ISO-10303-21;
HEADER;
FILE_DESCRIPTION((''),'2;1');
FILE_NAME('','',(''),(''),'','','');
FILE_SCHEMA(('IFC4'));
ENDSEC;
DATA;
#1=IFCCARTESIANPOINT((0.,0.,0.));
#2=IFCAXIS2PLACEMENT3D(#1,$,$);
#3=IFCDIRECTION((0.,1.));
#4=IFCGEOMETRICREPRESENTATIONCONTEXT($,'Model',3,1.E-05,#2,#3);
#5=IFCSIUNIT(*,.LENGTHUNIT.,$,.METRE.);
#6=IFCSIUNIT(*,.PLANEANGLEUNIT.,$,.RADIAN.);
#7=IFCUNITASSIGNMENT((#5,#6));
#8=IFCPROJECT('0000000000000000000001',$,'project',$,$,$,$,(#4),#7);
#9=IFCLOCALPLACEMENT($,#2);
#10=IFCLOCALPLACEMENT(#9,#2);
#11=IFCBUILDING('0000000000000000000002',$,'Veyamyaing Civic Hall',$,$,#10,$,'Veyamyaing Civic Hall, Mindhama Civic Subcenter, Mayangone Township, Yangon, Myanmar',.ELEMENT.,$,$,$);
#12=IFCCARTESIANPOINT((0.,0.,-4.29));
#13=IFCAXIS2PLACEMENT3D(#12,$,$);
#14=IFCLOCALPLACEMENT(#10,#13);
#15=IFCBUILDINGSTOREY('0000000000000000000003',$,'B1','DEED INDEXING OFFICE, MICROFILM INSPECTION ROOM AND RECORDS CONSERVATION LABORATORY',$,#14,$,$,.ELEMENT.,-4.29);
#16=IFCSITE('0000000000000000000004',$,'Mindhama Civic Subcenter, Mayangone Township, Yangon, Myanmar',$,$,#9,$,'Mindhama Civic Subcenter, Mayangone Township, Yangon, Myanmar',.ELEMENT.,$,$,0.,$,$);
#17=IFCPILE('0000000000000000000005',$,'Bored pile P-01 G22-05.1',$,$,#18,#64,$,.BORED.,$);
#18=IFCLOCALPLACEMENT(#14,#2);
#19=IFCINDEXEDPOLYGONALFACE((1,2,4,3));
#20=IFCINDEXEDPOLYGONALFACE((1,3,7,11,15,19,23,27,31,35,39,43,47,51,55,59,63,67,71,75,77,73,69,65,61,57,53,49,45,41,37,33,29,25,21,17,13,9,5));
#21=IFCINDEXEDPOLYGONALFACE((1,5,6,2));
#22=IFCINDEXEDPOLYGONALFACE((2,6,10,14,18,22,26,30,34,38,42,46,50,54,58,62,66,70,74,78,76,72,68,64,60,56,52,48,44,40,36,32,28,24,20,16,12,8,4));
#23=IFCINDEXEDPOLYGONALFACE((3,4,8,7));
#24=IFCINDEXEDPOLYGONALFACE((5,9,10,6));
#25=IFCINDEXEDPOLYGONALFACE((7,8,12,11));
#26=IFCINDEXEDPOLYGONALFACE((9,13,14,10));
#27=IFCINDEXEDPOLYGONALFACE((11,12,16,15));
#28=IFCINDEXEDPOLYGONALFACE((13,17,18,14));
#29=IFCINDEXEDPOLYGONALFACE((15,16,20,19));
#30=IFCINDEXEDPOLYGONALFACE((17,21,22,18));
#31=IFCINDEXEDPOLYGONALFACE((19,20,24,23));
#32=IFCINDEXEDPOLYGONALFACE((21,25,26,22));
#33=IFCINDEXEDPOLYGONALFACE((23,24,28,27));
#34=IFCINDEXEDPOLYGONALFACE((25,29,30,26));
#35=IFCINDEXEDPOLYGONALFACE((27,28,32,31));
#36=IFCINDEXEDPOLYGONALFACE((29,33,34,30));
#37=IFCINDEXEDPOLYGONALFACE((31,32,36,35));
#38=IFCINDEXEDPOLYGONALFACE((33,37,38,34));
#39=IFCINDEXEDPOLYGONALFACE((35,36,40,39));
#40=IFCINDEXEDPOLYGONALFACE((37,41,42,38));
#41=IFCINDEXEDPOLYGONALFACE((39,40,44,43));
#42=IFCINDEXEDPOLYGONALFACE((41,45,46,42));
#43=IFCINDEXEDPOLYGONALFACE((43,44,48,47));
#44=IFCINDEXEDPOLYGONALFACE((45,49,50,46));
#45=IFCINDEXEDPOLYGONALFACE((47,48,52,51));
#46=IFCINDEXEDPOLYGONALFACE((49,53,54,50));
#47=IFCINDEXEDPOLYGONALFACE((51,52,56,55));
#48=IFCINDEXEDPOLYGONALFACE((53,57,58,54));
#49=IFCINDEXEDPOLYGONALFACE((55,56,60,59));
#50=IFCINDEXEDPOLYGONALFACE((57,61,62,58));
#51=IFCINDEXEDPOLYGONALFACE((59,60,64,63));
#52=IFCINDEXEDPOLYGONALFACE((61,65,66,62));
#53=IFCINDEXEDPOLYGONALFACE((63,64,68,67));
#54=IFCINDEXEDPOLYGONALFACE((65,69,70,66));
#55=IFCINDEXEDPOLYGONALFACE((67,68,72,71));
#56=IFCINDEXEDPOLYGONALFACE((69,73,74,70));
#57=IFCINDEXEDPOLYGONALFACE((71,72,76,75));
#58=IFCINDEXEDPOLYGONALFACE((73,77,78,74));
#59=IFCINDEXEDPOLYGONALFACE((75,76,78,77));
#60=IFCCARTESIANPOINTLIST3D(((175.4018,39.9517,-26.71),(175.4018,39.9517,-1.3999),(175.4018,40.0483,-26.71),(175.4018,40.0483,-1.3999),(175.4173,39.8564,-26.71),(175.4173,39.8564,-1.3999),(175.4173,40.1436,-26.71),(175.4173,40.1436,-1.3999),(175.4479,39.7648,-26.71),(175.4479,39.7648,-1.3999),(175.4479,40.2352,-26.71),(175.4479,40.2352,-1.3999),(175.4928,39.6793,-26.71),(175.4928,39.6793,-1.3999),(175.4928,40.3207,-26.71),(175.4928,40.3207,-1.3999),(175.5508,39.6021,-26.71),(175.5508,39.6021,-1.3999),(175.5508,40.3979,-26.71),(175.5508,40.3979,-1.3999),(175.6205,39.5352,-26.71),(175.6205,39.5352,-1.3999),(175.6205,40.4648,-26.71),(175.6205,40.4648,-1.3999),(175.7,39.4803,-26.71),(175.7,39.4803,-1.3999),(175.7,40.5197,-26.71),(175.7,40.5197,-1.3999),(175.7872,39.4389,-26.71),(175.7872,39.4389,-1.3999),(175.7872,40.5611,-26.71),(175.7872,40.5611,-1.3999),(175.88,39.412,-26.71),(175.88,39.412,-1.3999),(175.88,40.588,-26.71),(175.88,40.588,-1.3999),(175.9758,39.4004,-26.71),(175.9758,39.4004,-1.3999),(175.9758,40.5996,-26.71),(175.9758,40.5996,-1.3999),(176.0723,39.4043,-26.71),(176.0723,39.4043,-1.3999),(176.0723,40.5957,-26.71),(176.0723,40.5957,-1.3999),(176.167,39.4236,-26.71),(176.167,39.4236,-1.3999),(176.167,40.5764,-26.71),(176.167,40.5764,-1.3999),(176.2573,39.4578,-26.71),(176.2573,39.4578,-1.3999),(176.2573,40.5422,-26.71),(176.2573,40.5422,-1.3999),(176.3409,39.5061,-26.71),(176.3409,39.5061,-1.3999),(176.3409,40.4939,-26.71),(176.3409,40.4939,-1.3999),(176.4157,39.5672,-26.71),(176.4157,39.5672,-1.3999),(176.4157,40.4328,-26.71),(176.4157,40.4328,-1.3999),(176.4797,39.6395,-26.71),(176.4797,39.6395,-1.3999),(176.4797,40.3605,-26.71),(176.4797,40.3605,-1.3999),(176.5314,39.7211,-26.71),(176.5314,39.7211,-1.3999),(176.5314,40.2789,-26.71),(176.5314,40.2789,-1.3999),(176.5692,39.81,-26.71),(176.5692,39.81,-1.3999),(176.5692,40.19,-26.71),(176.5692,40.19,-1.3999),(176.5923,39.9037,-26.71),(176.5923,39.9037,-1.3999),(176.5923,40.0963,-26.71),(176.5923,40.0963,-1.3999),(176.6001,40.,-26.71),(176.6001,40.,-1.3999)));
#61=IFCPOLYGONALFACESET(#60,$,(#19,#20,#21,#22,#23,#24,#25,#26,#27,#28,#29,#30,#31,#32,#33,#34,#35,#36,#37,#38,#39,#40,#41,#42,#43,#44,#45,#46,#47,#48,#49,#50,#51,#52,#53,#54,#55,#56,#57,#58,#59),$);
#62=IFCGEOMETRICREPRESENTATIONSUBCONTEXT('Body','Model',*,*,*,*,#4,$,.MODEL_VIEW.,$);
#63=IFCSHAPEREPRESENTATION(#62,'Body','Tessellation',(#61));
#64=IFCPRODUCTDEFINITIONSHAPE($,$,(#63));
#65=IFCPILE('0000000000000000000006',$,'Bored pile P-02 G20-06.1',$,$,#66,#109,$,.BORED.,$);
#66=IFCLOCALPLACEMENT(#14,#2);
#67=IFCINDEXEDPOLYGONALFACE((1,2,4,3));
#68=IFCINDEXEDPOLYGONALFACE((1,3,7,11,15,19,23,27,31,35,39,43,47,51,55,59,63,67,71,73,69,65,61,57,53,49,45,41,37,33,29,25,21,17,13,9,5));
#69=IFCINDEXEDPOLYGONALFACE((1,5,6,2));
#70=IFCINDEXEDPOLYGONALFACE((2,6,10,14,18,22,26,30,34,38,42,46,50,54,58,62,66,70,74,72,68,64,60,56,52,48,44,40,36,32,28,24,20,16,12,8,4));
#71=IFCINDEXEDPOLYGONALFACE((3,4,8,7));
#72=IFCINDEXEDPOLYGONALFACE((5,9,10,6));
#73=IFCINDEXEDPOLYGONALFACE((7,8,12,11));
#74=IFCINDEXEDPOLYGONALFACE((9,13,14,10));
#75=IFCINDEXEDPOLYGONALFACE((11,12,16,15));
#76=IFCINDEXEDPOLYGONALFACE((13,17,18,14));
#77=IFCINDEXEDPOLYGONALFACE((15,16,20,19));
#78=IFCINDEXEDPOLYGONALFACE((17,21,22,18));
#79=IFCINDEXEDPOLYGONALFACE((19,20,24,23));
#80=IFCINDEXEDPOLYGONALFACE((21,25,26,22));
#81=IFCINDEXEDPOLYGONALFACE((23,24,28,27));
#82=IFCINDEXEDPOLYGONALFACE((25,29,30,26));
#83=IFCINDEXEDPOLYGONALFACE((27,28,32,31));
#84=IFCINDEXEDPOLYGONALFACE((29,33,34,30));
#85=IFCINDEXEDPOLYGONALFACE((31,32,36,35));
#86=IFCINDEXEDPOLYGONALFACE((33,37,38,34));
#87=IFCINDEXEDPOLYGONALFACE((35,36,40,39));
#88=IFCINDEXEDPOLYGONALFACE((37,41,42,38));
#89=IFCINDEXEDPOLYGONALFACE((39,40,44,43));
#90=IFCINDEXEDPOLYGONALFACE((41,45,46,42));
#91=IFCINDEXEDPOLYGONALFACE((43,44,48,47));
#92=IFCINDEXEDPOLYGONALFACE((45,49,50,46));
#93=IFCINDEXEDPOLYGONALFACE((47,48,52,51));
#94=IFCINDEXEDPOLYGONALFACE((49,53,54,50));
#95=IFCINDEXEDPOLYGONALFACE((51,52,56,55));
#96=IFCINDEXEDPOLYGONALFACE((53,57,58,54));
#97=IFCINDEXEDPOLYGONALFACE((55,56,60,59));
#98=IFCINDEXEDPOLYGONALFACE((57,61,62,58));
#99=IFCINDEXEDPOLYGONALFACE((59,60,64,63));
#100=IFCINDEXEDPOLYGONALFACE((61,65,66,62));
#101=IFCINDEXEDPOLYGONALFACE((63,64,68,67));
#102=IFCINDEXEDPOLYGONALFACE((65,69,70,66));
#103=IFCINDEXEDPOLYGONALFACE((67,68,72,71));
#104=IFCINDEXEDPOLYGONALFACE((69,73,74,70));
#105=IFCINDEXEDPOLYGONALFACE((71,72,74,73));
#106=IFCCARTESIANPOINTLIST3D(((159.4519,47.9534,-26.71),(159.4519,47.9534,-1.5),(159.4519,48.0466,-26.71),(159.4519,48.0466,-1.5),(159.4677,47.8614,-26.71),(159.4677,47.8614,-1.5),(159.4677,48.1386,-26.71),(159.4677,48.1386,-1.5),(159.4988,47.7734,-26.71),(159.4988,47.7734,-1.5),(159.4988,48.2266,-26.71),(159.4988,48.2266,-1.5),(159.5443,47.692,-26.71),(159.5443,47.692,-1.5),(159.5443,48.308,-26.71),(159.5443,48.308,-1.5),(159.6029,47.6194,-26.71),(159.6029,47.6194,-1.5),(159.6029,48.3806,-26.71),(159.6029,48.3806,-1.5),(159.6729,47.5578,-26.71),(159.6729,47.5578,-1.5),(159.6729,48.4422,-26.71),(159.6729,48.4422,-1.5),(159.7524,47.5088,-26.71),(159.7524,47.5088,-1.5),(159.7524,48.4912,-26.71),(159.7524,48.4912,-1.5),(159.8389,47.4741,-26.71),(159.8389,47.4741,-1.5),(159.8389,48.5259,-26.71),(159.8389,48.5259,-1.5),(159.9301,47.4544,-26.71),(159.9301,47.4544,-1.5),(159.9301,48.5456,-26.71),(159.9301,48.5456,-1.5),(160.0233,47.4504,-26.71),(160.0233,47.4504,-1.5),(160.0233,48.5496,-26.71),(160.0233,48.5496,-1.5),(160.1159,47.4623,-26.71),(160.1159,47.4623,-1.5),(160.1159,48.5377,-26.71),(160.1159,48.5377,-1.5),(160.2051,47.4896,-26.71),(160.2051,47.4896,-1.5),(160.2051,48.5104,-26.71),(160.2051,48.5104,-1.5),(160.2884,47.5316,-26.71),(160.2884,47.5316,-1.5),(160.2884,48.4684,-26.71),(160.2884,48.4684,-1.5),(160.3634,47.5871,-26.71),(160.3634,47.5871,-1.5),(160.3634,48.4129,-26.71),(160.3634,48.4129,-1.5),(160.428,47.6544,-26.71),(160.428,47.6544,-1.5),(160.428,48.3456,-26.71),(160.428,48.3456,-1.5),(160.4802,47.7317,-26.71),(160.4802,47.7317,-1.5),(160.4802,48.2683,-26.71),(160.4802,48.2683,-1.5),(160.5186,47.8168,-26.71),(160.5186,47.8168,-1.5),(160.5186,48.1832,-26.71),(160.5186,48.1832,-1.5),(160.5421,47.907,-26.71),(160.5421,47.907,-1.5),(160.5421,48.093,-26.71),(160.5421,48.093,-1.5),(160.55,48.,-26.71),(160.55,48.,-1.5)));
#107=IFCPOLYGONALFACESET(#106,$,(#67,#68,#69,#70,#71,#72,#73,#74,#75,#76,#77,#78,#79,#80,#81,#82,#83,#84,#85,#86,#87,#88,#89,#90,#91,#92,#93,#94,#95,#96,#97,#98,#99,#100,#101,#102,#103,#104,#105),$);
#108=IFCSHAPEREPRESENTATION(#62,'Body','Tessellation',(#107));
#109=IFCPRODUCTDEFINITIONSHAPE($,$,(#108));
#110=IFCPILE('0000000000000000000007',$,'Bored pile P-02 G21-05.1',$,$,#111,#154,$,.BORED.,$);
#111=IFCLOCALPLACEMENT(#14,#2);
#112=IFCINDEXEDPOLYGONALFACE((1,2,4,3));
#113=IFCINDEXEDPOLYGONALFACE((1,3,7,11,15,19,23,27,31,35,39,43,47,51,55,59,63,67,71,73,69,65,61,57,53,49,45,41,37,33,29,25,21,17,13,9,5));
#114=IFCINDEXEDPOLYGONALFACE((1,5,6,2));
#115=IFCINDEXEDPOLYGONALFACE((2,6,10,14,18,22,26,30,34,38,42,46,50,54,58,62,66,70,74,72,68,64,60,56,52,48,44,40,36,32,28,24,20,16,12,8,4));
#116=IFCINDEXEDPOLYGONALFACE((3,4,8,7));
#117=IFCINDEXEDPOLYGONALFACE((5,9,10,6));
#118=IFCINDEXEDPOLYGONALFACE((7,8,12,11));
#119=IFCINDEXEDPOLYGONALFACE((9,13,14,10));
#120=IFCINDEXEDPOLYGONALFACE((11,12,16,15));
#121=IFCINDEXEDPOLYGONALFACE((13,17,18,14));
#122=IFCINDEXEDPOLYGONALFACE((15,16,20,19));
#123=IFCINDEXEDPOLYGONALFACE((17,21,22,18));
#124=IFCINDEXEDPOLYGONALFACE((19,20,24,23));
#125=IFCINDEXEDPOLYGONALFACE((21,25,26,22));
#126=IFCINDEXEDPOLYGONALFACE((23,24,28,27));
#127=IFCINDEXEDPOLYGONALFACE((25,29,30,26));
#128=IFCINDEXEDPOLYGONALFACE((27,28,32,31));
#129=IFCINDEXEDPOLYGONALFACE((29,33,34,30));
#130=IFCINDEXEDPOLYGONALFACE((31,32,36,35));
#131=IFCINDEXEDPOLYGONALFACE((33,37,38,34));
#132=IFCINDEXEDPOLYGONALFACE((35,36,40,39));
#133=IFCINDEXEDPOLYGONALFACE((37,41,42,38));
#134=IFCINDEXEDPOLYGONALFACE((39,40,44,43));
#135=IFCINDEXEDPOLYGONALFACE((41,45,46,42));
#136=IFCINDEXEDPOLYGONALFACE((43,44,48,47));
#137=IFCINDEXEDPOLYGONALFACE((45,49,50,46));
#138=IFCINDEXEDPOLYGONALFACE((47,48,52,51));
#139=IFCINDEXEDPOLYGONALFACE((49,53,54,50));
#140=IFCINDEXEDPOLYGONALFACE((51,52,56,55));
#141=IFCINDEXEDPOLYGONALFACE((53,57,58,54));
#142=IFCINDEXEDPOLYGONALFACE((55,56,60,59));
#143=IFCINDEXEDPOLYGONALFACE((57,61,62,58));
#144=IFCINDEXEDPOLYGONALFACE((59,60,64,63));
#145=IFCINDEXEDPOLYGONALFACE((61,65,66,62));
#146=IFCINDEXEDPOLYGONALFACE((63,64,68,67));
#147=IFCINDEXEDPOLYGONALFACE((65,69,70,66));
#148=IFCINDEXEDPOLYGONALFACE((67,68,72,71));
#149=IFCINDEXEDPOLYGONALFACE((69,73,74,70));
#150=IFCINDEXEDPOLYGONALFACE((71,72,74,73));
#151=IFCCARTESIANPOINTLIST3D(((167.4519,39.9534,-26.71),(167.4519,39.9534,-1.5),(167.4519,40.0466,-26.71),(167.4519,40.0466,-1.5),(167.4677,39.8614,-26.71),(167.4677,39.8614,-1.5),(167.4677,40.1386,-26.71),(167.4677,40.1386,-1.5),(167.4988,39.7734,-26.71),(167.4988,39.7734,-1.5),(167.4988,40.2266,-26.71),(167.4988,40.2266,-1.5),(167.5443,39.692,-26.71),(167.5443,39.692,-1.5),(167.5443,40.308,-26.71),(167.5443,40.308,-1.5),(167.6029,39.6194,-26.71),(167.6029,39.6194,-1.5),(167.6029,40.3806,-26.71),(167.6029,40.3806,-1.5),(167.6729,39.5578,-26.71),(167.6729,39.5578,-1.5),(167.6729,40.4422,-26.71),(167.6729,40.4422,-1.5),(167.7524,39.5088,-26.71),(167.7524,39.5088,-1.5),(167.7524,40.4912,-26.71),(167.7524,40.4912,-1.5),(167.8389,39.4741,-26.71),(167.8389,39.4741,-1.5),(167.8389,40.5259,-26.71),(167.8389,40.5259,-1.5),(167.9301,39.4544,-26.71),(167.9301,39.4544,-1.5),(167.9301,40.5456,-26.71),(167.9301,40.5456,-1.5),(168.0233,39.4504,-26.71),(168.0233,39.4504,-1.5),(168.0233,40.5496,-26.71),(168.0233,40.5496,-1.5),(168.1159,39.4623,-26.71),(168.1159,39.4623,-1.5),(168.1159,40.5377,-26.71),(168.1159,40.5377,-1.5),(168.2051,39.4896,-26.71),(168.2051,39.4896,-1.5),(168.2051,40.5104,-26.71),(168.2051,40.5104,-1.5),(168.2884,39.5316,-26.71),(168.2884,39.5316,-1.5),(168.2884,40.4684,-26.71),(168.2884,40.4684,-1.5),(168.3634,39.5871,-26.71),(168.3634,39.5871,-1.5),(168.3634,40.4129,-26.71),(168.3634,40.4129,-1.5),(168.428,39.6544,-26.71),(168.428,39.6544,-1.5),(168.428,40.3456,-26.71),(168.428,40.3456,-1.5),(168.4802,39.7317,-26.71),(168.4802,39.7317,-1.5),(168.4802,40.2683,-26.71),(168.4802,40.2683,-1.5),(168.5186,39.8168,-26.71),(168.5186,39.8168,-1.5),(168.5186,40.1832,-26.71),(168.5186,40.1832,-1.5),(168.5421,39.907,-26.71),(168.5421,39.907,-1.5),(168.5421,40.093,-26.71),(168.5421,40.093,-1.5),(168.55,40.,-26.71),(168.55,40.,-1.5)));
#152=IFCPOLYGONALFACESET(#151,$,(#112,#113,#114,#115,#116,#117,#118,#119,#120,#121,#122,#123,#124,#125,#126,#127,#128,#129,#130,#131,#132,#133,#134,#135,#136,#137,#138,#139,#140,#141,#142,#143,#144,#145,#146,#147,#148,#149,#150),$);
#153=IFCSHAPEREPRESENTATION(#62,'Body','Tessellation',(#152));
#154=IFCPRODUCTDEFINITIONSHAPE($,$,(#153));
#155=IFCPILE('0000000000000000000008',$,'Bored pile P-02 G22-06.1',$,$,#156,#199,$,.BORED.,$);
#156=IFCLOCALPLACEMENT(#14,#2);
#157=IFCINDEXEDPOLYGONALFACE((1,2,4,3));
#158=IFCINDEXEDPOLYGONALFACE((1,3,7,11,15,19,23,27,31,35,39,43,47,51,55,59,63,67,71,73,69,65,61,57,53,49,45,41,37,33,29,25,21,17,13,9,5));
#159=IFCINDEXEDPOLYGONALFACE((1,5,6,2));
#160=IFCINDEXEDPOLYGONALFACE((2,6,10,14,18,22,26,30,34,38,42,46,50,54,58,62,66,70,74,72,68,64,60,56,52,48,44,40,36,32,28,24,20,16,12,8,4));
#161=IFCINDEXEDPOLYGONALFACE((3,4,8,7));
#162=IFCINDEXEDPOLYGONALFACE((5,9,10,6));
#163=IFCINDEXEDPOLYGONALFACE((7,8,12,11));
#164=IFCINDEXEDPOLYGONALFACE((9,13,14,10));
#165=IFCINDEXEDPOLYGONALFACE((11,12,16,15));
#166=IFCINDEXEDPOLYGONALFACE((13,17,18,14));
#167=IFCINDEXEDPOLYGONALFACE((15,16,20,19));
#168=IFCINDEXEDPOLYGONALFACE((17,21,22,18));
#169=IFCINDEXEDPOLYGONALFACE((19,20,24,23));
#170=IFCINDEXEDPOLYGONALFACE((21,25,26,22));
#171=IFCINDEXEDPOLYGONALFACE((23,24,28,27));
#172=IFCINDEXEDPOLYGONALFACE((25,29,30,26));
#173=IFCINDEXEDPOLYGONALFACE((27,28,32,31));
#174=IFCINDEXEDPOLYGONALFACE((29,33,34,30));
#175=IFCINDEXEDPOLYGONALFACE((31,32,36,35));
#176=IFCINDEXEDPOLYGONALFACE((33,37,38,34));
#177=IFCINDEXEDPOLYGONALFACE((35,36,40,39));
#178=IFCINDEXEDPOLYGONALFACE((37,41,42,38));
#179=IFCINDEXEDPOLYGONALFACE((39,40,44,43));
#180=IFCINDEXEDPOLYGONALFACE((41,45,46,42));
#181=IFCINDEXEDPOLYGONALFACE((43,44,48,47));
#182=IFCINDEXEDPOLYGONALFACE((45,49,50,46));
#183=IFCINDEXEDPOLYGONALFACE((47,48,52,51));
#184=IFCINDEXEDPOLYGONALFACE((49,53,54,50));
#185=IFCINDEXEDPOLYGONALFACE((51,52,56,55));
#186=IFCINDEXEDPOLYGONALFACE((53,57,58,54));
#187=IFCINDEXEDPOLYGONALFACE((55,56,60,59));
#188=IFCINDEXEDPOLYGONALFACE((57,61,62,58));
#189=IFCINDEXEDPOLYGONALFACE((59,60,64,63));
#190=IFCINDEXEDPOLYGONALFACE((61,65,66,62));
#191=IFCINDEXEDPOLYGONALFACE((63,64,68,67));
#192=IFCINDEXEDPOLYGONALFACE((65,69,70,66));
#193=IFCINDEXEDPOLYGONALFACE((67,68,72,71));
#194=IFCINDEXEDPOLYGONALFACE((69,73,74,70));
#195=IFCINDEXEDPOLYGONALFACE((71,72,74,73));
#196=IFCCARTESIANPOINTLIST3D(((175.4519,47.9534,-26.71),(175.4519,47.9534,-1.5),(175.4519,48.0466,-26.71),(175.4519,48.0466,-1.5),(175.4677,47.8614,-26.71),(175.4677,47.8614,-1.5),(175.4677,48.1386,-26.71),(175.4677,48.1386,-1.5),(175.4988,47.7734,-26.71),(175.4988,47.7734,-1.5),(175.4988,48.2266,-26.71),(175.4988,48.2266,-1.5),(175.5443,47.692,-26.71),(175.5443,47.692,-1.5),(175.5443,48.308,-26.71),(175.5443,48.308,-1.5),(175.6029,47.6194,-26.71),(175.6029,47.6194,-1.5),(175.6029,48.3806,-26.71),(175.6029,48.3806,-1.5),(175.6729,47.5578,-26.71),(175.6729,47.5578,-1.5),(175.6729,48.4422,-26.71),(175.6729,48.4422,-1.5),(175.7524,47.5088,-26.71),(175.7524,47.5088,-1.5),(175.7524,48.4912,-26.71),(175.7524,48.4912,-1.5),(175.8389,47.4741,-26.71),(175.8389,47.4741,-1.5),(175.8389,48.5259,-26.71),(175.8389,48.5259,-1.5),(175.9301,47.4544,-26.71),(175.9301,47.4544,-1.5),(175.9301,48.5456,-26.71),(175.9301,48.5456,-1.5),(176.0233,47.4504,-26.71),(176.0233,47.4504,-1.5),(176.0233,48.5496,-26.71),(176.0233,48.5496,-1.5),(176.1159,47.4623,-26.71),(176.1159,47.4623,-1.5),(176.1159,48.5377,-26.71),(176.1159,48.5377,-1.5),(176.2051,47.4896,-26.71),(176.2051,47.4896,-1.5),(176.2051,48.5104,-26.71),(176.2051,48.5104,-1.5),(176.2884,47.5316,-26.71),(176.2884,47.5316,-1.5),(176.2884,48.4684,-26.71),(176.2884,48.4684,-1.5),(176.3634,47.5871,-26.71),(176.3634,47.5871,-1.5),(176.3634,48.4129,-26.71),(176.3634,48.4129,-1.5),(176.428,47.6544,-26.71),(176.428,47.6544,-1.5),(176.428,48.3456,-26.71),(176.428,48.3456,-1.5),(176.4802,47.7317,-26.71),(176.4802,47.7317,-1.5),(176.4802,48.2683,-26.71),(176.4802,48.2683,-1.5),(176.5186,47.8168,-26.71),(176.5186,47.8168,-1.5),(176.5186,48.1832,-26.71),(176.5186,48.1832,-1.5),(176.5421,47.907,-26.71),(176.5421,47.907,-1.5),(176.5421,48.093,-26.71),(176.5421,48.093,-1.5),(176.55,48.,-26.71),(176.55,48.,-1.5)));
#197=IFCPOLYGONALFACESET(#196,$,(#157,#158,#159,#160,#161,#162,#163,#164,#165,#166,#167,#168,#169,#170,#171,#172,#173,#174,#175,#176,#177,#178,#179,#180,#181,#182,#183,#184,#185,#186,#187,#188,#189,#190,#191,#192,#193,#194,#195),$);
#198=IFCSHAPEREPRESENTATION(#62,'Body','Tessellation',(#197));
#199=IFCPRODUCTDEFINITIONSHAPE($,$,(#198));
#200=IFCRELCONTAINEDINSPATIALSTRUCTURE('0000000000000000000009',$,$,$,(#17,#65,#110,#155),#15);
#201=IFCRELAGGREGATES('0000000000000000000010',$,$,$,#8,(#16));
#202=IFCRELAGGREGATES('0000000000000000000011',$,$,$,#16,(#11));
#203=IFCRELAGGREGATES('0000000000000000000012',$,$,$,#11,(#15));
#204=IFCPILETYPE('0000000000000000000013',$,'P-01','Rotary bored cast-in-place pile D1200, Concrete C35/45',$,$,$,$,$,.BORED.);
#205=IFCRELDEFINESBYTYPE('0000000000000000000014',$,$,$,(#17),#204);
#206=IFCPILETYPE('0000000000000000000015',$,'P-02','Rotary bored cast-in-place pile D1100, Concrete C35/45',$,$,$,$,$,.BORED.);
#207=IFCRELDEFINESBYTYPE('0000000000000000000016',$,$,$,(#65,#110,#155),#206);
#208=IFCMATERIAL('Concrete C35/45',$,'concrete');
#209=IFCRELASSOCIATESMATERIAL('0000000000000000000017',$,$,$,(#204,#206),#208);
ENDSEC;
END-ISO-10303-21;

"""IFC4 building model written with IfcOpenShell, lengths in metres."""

from ifc_helpers import new_model, si_unit, direction, frame, origin, origin_2d, place, context, subcontext, project, spatial, circle, extrude, material, material_profile, profile_set, type_object, element, save


model = new_model("IFC4")

# Units and contexts
model_context = context("Model", 3, precision=1e-05, world=origin(), true_north=direction((0.0, 1.0)))
body_context = subcontext(model_context, "Body", "Model", "MODEL_VIEW")
ifc_project = project(units=[si_unit("LENGTHUNIT", "METRE"), si_unit("PLANEANGLEUNIT", "RADIAN")], contexts=[model_context])

# Site, building, storey
site_placement = place(None, origin())
site = spatial("IfcSite", under=ifc_project, at=site_placement, Name="Mindhama Civic Subcenter, Mayangone Township, Yangon, Myanmar", LongName="Mindhama Civic Subcenter, Mayangone Township, Yangon, Myanmar", CompositionType="ELEMENT", RefElevation=0.0)
building_placement = place(site_placement, origin())
building = spatial("IfcBuilding", under=site, at=building_placement, Name="Veyamyaing Civic Hall", LongName="Veyamyaing Civic Hall, Mindhama Civic Subcenter, Mayangone Township, Yangon, Myanmar", CompositionType="ELEMENT")
storey_placement = place(building_placement, frame((0.0, 0.0, -4.29)))
storey = spatial("IfcBuildingStorey", under=building, at=storey_placement, Name="B1", Description="DEED INDEXING OFFICE, MICROFILM INSPECTION ROOM AND RECORDS CONSERVATION LABORATORY", CompositionType="ELEMENT", Elevation=-4.29)

# Piles
ifc_material_1 = material(Name="Concrete C35/45", Category="concrete")
ifc_material_profile_1 = material_profile(ifc_material_1, circle(Radius=0.6001, at=origin_2d()), Name="PILE-D1200")
ifc_profile_set_1 = profile_set([ifc_material_profile_1], Name="Concrete C35/45")
pile_type_1 = type_object("IfcPileType", Name="P-01", Description="Rotary bored cast-in-place pile D1200, Concrete C35/45", PredefinedType="BORED", material=ifc_profile_set_1)
for number, where, z_axis, x_axis, name in (
    (1, (176.0, 40.0, -1.3999), (0.0, 0.0, -1.0), (1.0, 0.0, 0.0), "Bored pile P-01 G22-05.1"),
):
    element("IfcPile", number, at=place(storey_placement, frame(where, z_axis=z_axis, x_axis=x_axis)), inside=storey, type_object=pile_type_1, Name=name, PredefinedType="BORED", context=body_context, shape_type="SweptSolid", body=[
        extrude(circle(Radius=0.6001, at=origin_2d()), origin(), (0.0, 0.0, 1.0), 25.3101),
    ])
ifc_material_profile_2 = material_profile(ifc_material_1, circle(Radius=0.55, at=origin_2d()), Name="PILE-D1100")
ifc_profile_set_2 = profile_set([ifc_material_profile_2], Name="Concrete C35/45")
pile_type_2 = type_object("IfcPileType", Name="P-02", Description="Rotary bored cast-in-place pile D1100, Concrete C35/45", PredefinedType="BORED", material=ifc_profile_set_2)
for number, where, z_axis, x_axis, name in (
    (2, (160.0, 48.0, -1.5), (0.0, 0.0, -1.0), (1.0, 0.0, 0.0), "Bored pile P-02 G20-06.1"),
    (3, (168.0, 40.0, -1.5), (0.0, 0.0, -1.0), (1.0, 0.0, 0.0), "Bored pile P-02 G21-05.1"),
    (4, (176.0, 48.0, -1.5), (0.0, 0.0, -1.0), (1.0, 0.0, 0.0), "Bored pile P-02 G22-06.1"),
):
    element("IfcPile", number, at=place(storey_placement, frame(where, z_axis=z_axis, x_axis=x_axis)), inside=storey, type_object=pile_type_2, Name=name, PredefinedType="BORED", context=body_context, shape_type="SweptSolid", body=[
        extrude(circle(Radius=0.55, at=origin_2d()), origin(), (0.0, 0.0, 1.0), 25.21),
    ])

save(model, "model.ifc")
